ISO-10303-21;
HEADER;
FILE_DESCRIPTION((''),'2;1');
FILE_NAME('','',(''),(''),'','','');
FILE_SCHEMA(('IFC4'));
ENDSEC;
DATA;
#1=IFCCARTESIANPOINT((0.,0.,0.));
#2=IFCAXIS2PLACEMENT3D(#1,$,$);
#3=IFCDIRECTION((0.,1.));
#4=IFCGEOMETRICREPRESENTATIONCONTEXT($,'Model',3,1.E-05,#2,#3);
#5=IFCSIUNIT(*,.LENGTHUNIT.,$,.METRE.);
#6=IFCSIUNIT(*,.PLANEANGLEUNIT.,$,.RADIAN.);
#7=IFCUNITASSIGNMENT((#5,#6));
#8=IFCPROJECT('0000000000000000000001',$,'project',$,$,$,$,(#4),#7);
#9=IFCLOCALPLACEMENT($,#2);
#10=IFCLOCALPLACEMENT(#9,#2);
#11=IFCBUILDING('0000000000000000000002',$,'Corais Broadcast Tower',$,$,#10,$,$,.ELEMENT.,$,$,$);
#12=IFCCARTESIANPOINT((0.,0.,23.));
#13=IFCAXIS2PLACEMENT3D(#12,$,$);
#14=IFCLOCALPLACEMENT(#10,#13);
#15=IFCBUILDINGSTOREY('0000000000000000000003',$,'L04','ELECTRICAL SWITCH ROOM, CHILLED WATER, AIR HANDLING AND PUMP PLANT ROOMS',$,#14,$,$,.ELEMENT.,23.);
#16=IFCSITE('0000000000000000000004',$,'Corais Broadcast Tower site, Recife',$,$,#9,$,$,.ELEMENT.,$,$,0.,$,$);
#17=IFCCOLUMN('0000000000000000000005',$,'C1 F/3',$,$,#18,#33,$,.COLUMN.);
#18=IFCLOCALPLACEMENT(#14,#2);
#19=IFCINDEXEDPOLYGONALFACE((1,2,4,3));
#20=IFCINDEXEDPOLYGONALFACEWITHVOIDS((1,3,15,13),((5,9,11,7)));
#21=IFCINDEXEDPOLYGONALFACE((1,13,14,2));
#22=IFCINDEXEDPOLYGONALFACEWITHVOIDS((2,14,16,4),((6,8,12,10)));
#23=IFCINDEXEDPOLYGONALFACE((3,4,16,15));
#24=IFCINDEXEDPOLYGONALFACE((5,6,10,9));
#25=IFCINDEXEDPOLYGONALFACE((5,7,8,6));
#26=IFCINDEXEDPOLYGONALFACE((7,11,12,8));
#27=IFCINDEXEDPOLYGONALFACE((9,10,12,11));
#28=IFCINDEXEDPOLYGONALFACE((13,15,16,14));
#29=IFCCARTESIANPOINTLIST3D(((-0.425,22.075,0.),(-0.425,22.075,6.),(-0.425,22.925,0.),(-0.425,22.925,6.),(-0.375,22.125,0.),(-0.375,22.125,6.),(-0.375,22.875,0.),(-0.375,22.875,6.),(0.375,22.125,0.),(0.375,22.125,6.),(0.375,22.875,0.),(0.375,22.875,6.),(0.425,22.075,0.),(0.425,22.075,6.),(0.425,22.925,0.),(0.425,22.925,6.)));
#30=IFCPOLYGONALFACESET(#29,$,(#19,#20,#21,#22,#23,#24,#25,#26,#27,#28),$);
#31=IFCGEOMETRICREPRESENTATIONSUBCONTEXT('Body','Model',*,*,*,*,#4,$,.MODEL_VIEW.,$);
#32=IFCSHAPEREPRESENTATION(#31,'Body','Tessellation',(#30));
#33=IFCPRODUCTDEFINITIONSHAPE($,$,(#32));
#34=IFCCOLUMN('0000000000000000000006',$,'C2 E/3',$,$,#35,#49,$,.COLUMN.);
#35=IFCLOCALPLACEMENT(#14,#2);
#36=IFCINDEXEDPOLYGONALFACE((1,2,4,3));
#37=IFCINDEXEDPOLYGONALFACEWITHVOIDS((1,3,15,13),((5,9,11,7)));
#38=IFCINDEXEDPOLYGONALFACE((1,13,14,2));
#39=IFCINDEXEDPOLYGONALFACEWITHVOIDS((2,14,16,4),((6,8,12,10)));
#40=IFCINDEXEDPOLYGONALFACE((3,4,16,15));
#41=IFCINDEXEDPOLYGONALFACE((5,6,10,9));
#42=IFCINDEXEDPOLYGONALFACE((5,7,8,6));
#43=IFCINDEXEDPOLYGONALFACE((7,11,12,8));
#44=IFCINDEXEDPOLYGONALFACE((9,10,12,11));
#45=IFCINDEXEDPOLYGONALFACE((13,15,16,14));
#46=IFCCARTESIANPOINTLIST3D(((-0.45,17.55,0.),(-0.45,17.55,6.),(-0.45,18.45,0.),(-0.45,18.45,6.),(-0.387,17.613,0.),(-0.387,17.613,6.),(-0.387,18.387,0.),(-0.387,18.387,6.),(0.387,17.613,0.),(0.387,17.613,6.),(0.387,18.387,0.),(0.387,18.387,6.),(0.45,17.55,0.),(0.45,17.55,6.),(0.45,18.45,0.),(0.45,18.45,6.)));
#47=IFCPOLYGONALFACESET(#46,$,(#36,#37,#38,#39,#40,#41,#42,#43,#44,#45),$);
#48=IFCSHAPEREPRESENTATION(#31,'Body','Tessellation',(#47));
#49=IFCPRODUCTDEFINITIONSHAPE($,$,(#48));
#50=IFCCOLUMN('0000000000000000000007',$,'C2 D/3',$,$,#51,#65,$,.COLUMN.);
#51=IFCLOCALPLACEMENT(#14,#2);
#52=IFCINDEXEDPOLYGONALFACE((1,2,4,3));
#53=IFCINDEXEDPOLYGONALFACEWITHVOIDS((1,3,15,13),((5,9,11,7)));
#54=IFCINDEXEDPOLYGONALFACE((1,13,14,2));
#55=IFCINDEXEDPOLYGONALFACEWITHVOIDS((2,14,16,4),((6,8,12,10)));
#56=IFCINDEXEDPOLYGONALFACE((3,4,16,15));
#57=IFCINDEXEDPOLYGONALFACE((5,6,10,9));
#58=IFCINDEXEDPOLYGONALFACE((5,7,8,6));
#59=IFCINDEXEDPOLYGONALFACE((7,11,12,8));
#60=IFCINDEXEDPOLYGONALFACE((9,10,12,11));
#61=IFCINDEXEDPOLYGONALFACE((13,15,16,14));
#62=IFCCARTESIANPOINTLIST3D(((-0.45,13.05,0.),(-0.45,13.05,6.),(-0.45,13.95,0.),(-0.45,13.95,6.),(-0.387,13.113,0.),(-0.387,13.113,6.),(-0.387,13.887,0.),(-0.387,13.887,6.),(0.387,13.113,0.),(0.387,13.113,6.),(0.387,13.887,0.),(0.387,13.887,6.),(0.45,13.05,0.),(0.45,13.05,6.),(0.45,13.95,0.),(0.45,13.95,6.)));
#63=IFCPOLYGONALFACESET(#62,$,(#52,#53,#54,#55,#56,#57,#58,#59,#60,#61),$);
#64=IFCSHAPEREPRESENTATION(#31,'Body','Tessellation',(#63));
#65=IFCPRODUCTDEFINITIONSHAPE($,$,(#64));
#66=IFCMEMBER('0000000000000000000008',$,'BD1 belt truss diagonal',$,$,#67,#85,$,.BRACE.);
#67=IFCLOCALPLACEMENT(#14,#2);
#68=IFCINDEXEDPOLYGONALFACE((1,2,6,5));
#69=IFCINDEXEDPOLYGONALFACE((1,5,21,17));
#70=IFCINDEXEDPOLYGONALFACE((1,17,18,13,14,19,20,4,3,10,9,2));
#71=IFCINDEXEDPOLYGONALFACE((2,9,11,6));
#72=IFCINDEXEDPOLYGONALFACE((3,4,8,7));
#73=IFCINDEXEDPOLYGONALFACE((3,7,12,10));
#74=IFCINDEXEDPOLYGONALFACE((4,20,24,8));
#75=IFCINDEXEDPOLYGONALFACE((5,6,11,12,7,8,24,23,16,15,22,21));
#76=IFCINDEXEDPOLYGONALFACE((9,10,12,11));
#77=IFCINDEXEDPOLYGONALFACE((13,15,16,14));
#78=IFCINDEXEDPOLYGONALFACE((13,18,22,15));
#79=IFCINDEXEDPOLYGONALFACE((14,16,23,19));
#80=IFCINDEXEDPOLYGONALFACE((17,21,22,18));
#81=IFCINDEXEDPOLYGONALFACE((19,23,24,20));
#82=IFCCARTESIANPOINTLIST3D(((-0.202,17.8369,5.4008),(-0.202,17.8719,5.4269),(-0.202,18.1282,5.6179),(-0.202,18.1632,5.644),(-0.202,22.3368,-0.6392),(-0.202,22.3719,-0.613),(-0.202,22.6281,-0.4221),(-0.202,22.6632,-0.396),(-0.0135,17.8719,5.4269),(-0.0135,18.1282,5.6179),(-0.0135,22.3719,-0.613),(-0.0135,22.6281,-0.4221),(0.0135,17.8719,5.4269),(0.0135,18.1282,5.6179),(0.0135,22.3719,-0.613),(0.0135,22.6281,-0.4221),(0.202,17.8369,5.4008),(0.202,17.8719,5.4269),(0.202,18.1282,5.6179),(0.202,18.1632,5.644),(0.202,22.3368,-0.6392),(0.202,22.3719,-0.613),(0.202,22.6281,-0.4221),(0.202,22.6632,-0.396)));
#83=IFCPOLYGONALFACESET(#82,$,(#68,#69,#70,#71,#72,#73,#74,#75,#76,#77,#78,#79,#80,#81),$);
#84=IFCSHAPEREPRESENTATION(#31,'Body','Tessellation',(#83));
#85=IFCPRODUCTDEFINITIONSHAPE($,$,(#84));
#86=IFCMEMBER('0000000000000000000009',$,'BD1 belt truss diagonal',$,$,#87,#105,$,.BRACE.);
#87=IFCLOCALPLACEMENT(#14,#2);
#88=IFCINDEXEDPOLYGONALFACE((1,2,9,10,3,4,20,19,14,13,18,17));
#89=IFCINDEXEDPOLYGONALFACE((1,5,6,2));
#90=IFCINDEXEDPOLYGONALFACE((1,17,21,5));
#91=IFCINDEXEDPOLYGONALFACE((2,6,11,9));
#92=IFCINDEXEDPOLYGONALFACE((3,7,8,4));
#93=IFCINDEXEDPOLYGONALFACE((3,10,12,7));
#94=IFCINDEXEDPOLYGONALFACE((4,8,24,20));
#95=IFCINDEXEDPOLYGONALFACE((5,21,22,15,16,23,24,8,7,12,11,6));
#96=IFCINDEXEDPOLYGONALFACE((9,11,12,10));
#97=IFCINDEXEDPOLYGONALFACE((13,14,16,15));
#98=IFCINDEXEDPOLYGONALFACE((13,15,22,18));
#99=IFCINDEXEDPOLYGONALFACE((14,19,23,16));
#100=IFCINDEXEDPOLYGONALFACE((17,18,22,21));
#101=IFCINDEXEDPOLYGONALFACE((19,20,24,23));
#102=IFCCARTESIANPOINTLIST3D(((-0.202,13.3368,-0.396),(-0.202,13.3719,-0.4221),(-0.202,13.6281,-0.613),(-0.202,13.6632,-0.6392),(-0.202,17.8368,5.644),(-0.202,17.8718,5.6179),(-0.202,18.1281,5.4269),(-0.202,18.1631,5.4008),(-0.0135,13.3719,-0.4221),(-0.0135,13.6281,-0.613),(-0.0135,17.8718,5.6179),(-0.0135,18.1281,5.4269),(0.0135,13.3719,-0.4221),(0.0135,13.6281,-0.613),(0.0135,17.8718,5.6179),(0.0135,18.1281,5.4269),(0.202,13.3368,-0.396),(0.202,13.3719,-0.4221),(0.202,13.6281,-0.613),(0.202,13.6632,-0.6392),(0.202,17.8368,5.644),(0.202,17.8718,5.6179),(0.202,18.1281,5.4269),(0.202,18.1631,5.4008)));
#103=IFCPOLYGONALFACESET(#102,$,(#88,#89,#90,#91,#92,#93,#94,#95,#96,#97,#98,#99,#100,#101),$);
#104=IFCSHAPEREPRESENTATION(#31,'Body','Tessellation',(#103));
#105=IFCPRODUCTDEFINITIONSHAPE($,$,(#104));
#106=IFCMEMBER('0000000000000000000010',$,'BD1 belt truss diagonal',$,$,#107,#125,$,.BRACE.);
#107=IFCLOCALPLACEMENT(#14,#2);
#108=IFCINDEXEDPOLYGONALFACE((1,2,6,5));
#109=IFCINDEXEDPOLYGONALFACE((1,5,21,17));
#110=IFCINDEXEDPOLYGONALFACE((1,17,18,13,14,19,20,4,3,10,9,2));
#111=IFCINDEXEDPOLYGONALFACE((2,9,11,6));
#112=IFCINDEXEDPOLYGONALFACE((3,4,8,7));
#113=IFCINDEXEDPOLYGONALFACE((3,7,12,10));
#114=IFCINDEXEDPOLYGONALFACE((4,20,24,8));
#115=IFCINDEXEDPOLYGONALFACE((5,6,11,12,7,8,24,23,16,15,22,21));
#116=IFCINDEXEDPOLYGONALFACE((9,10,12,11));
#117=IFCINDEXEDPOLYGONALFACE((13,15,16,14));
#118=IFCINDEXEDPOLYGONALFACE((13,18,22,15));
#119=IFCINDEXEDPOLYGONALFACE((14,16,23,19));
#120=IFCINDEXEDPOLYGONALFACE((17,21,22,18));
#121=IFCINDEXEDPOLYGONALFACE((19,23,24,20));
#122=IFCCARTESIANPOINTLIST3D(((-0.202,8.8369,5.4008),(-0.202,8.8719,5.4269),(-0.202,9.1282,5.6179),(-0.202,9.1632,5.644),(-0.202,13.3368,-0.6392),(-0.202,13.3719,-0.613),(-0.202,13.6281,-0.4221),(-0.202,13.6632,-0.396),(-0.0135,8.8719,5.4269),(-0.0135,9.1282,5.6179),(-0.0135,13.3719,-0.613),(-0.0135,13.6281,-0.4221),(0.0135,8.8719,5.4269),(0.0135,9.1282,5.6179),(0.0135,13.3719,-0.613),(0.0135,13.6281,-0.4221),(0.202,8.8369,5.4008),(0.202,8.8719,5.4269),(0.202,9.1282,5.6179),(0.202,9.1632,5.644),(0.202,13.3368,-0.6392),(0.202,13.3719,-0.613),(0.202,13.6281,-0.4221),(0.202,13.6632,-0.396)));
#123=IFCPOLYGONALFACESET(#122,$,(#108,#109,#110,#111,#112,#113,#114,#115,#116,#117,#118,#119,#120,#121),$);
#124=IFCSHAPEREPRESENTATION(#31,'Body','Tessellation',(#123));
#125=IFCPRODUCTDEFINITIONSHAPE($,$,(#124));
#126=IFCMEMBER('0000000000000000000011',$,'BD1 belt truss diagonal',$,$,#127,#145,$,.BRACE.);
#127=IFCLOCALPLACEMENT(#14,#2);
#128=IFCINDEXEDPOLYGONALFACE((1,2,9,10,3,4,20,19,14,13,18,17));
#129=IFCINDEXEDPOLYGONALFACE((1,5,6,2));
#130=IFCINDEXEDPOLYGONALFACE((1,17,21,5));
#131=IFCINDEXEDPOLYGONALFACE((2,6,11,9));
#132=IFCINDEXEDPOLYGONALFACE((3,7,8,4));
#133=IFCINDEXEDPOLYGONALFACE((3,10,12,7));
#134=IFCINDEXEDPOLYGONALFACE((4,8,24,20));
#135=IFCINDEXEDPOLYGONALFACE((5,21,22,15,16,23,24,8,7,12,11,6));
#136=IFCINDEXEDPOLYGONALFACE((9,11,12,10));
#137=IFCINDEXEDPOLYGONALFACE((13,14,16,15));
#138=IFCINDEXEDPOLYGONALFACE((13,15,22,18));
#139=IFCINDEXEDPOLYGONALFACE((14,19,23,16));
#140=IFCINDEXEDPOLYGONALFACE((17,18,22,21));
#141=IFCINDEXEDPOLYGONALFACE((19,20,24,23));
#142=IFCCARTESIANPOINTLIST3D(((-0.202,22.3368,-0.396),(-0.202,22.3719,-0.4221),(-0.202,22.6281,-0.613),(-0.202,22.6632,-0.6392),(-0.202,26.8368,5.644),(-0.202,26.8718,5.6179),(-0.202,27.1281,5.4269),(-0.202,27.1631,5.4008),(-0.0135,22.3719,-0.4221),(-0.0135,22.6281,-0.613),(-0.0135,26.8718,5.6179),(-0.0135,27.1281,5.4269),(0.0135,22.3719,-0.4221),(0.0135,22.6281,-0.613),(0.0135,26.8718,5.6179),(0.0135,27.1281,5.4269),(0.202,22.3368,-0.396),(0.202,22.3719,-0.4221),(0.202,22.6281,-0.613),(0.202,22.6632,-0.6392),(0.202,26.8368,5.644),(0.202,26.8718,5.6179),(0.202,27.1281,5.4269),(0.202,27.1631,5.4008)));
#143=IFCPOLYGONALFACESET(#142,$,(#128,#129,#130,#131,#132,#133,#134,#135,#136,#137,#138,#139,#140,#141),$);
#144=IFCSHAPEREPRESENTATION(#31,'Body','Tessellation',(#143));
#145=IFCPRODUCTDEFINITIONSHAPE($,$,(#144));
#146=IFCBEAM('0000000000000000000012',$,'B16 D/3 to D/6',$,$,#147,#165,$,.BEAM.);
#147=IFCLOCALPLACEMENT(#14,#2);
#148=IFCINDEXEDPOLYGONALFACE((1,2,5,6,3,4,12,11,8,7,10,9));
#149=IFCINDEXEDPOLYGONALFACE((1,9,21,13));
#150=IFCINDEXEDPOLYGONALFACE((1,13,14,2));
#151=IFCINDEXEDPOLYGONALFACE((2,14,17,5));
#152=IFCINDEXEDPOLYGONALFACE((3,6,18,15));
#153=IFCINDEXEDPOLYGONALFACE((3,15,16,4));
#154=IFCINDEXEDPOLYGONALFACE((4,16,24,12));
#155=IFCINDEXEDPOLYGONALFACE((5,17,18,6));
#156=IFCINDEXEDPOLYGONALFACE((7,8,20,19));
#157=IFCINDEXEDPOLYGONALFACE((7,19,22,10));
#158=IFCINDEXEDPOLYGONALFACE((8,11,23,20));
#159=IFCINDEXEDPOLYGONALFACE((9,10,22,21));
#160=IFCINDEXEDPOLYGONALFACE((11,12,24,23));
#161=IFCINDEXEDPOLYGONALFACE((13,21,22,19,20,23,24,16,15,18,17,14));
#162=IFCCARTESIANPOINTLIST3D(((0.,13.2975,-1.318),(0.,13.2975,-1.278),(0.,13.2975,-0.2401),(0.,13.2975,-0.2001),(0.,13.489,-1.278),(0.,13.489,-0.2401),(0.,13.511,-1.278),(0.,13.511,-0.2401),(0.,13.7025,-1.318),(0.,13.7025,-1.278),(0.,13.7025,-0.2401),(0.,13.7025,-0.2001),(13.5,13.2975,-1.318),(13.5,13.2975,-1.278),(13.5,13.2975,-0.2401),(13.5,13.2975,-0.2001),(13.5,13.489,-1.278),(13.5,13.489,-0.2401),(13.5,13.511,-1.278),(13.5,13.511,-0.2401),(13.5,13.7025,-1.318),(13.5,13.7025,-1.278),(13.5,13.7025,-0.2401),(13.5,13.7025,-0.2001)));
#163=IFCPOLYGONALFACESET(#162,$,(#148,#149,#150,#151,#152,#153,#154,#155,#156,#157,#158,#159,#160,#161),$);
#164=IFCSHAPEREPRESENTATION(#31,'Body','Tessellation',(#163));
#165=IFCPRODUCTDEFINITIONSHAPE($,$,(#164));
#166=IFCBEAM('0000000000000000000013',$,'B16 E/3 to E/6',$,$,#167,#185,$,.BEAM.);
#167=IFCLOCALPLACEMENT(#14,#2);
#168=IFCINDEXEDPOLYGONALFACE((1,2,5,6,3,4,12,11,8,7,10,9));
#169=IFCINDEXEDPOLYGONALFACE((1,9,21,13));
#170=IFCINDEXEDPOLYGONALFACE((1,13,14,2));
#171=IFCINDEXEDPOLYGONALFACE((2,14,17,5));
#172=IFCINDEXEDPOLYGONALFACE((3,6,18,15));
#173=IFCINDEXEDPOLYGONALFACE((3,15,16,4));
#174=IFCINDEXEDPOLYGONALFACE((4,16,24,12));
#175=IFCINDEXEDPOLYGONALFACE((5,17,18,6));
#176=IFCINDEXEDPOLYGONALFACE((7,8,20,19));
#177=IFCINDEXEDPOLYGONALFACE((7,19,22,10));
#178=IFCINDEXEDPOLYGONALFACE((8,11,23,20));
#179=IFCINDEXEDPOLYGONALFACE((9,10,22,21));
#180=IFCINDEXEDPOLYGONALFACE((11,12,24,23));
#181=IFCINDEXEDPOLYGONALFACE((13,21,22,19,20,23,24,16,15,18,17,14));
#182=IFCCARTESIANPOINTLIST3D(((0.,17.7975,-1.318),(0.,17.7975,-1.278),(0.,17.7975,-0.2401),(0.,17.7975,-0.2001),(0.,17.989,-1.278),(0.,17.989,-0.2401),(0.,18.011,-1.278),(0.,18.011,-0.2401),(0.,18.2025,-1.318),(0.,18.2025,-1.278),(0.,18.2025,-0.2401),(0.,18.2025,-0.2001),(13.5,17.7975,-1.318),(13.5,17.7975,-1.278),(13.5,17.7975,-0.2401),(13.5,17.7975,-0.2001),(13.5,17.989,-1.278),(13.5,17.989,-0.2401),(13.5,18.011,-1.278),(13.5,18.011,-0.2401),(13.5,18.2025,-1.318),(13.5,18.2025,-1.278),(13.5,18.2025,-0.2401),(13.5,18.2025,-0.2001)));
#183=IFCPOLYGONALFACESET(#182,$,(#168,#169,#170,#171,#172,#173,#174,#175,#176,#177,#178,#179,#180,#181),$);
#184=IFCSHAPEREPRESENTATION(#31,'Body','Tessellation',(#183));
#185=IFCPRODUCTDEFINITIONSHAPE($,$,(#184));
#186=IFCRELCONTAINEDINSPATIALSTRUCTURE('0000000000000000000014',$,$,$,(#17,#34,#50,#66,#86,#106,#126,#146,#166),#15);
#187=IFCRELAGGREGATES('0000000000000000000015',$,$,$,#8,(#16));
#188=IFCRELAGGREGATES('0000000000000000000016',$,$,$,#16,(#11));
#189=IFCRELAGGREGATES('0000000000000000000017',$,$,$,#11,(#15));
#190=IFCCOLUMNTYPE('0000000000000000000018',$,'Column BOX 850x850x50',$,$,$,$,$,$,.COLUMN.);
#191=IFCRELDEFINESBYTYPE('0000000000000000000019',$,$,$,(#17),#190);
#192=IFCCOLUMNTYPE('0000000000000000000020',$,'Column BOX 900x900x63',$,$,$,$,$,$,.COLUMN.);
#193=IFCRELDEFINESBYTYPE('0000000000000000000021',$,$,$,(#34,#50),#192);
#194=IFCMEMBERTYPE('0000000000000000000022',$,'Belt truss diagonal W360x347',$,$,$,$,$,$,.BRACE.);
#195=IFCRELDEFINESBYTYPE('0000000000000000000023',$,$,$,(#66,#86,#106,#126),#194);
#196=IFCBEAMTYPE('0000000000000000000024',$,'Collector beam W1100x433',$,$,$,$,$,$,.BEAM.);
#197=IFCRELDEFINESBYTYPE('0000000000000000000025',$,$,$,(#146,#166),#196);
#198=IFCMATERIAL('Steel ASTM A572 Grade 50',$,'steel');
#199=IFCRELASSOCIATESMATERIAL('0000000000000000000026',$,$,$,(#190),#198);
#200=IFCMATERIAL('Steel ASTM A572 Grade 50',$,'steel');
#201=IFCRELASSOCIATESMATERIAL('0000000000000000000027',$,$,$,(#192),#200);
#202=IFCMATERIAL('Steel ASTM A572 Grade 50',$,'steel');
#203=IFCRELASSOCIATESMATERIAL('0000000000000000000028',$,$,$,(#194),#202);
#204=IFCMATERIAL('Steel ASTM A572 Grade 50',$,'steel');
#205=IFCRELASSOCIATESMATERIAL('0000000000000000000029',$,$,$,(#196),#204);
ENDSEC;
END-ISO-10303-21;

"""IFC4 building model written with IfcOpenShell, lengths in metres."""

from ifc_helpers import new_model, si_unit, direction, frame, origin, origin_2d, place, context, subcontext, project, spatial, hollow_rectangle, i_section, extrude, material, material_profile, profile_set, type_object, element, save


model = new_model("IFC4")

# Units and contexts
model_context = context("Model", 3, precision=1e-05, world=origin(), true_north=direction((0.0, 1.0)))
body_context = subcontext(model_context, "Body", "Model", "MODEL_VIEW")
ifc_project = project(units=[si_unit("LENGTHUNIT", "METRE"), si_unit("PLANEANGLEUNIT", "RADIAN")], contexts=[model_context])

# Site, building, storey
site_placement = place(None, origin())
site = spatial("IfcSite", under=ifc_project, at=site_placement, Name="Corais Broadcast Tower site, Recife", CompositionType="ELEMENT", RefElevation=0.0)
building_placement = place(site_placement, origin())
building = spatial("IfcBuilding", under=site, at=building_placement, Name="Corais Broadcast Tower", CompositionType="ELEMENT")
storey_placement = place(building_placement, frame((0.0, 0.0, 23.0)))
storey = spatial("IfcBuildingStorey", under=building, at=storey_placement, Name="L04", Description="ELECTRICAL SWITCH ROOM, CHILLED WATER, AIR HANDLING AND PUMP PLANT ROOMS", CompositionType="ELEMENT", Elevation=23.0)

# Columns
ifc_material_1 = material(Name="Steel ASTM A572 Grade 50", Category="steel")
ifc_material_profile_1 = material_profile(ifc_material_1, hollow_rectangle(XDim=0.8501, YDim=0.8501, WallThickness=0.05, at=origin_2d()), Name="BOX 850x850x50")
ifc_profile_set_1 = profile_set([ifc_material_profile_1], Name="Steel ASTM A572 Grade 50")
column_type_1 = type_object("IfcColumnType", Name="Column BOX 850x850x50", PredefinedType="COLUMN", material=ifc_profile_set_1)
column_placement = place(storey_placement, frame((0.0, 22.5, 0.0), z_axis=(0.0, 0.0, 1.0), x_axis=(1.0, 0.0, 0.0)))
element("IfcColumn", 1, at=column_placement, inside=storey, type_object=column_type_1, Name="C1 F/3", PredefinedType="COLUMN", context=body_context, shape_type="SweptSolid", body=[
    extrude(hollow_rectangle(XDim=0.8501, YDim=0.8501, WallThickness=0.05, at=origin_2d()), origin(), (0.0, 0.0, 1.0), 6.0),
])
ifc_material_2 = material(Name="Steel ASTM A572 Grade 50", Category="steel")
ifc_material_profile_2 = material_profile(ifc_material_2, hollow_rectangle(XDim=0.8999, YDim=0.8999, WallThickness=0.063, at=origin_2d()), Name="BOX 900x900x63")
ifc_profile_set_2 = profile_set([ifc_material_profile_2], Name="Steel ASTM A572 Grade 50")
column_type_2 = type_object("IfcColumnType", Name="Column BOX 900x900x63", PredefinedType="COLUMN", material=ifc_profile_set_2)
for number, where, z_axis, x_axis, name in (
    (2, (0.0, 18.0, 0.0), (0.0, 0.0, 1.0), (1.0, 0.0, 0.0), "C2 E/3"),
    (3, (0.0, 13.5, 0.0), (0.0, 0.0, 1.0), (1.0, 0.0, 0.0), "C2 D/3"),
):
    element("IfcColumn", number, at=place(storey_placement, frame(where, z_axis=z_axis, x_axis=x_axis)), inside=storey, type_object=column_type_2, Name=name, PredefinedType="COLUMN", context=body_context, shape_type="SweptSolid", body=[
        extrude(hollow_rectangle(XDim=0.8999, YDim=0.8999, WallThickness=0.063, at=origin_2d()), origin(), (0.0, 0.0, 1.0), 6.0),
    ])

# Members
ifc_material_3 = material(Name="Steel ASTM A572 Grade 50", Category="steel")
ifc_material_profile_3 = material_profile(ifc_material_3, i_section(OverallWidth=0.4041, OverallDepth=0.407, WebThickness=0.0271, FlangeThickness=0.0437, at=origin_2d()), Name="W360x347")
ifc_profile_set_3 = profile_set([ifc_material_profile_3], Name="Steel ASTM A572 Grade 50")
member_type = type_object("IfcMemberType", Name="Belt truss diagonal W360x347", PredefinedType="BRACE", material=ifc_profile_set_3)
for number, where, z_axis, x_axis, name in (
    (4, (0.0, 22.5, -0.5176), (0.0, -0.597445, 0.80191), (1.0, 0.0, 0.0), "BD1 belt truss diagonal"),
    (5, (0.0, 13.5, -0.5176), (0.0, 0.597445, 0.80191), (-1.0, 0.0, 0.0), "BD1 belt truss diagonal"),
    (6, (0.0, 13.5, -0.5176), (0.0, -0.597445, 0.80191), (1.0, 0.0, 0.0), "BD1 belt truss diagonal"),
    (7, (0.0, 22.5, -0.5176), (0.0, 0.597445, 0.80191), (-1.0, 0.0, 0.0), "BD1 belt truss diagonal"),
):
    element("IfcMember", number, at=place(storey_placement, frame(where, z_axis=z_axis, x_axis=x_axis)), inside=storey, type_object=member_type, Name=name, PredefinedType="BRACE", context=body_context, shape_type="SweptSolid", body=[
        extrude(i_section(OverallWidth=0.4041, OverallDepth=0.407, WebThickness=0.0271, FlangeThickness=0.0437, at=origin_2d()), origin(), (0.0, 0.0, 1.0), 7.532),
    ])

# Beams
ifc_material_4 = material(Name="Steel ASTM A572 Grade 50", Category="steel")
ifc_material_profile_4 = material_profile(ifc_material_4, i_section(OverallWidth=0.405, OverallDepth=1.1179, WebThickness=0.022, FlangeThickness=0.04, at=origin_2d()), Name="W1100x433")
ifc_profile_set_4 = profile_set([ifc_material_profile_4], Name="Steel ASTM A572 Grade 50")
beam_type_1 = type_object("IfcBeamType", Name="Collector beam W1100x433", PredefinedType="BEAM", material=ifc_profile_set_4)
for number, where, z_axis, x_axis, name in (
    (8, (0.0, 13.5, -0.759), (1.0, 0.0, 0.0), (0.0, 1.0, 0.0), "B16 D/3 to D/6"),
    (9, (0.0, 18.0, -0.759), (1.0, 0.0, 0.0), (0.0, 1.0, 0.0), "B16 E/3 to E/6"),
):
    element("IfcBeam", number, at=place(storey_placement, frame(where, z_axis=z_axis, x_axis=x_axis)), inside=storey, type_object=beam_type_1, Name=name, PredefinedType="BEAM", context=body_context, shape_type="SweptSolid", body=[
        extrude(i_section(OverallWidth=0.405, OverallDepth=1.1179, WebThickness=0.022, FlangeThickness=0.04, at=origin_2d()), origin(), (0.0, 0.0, 1.0), 13.5),
    ])

save(model, "model.ifc")
